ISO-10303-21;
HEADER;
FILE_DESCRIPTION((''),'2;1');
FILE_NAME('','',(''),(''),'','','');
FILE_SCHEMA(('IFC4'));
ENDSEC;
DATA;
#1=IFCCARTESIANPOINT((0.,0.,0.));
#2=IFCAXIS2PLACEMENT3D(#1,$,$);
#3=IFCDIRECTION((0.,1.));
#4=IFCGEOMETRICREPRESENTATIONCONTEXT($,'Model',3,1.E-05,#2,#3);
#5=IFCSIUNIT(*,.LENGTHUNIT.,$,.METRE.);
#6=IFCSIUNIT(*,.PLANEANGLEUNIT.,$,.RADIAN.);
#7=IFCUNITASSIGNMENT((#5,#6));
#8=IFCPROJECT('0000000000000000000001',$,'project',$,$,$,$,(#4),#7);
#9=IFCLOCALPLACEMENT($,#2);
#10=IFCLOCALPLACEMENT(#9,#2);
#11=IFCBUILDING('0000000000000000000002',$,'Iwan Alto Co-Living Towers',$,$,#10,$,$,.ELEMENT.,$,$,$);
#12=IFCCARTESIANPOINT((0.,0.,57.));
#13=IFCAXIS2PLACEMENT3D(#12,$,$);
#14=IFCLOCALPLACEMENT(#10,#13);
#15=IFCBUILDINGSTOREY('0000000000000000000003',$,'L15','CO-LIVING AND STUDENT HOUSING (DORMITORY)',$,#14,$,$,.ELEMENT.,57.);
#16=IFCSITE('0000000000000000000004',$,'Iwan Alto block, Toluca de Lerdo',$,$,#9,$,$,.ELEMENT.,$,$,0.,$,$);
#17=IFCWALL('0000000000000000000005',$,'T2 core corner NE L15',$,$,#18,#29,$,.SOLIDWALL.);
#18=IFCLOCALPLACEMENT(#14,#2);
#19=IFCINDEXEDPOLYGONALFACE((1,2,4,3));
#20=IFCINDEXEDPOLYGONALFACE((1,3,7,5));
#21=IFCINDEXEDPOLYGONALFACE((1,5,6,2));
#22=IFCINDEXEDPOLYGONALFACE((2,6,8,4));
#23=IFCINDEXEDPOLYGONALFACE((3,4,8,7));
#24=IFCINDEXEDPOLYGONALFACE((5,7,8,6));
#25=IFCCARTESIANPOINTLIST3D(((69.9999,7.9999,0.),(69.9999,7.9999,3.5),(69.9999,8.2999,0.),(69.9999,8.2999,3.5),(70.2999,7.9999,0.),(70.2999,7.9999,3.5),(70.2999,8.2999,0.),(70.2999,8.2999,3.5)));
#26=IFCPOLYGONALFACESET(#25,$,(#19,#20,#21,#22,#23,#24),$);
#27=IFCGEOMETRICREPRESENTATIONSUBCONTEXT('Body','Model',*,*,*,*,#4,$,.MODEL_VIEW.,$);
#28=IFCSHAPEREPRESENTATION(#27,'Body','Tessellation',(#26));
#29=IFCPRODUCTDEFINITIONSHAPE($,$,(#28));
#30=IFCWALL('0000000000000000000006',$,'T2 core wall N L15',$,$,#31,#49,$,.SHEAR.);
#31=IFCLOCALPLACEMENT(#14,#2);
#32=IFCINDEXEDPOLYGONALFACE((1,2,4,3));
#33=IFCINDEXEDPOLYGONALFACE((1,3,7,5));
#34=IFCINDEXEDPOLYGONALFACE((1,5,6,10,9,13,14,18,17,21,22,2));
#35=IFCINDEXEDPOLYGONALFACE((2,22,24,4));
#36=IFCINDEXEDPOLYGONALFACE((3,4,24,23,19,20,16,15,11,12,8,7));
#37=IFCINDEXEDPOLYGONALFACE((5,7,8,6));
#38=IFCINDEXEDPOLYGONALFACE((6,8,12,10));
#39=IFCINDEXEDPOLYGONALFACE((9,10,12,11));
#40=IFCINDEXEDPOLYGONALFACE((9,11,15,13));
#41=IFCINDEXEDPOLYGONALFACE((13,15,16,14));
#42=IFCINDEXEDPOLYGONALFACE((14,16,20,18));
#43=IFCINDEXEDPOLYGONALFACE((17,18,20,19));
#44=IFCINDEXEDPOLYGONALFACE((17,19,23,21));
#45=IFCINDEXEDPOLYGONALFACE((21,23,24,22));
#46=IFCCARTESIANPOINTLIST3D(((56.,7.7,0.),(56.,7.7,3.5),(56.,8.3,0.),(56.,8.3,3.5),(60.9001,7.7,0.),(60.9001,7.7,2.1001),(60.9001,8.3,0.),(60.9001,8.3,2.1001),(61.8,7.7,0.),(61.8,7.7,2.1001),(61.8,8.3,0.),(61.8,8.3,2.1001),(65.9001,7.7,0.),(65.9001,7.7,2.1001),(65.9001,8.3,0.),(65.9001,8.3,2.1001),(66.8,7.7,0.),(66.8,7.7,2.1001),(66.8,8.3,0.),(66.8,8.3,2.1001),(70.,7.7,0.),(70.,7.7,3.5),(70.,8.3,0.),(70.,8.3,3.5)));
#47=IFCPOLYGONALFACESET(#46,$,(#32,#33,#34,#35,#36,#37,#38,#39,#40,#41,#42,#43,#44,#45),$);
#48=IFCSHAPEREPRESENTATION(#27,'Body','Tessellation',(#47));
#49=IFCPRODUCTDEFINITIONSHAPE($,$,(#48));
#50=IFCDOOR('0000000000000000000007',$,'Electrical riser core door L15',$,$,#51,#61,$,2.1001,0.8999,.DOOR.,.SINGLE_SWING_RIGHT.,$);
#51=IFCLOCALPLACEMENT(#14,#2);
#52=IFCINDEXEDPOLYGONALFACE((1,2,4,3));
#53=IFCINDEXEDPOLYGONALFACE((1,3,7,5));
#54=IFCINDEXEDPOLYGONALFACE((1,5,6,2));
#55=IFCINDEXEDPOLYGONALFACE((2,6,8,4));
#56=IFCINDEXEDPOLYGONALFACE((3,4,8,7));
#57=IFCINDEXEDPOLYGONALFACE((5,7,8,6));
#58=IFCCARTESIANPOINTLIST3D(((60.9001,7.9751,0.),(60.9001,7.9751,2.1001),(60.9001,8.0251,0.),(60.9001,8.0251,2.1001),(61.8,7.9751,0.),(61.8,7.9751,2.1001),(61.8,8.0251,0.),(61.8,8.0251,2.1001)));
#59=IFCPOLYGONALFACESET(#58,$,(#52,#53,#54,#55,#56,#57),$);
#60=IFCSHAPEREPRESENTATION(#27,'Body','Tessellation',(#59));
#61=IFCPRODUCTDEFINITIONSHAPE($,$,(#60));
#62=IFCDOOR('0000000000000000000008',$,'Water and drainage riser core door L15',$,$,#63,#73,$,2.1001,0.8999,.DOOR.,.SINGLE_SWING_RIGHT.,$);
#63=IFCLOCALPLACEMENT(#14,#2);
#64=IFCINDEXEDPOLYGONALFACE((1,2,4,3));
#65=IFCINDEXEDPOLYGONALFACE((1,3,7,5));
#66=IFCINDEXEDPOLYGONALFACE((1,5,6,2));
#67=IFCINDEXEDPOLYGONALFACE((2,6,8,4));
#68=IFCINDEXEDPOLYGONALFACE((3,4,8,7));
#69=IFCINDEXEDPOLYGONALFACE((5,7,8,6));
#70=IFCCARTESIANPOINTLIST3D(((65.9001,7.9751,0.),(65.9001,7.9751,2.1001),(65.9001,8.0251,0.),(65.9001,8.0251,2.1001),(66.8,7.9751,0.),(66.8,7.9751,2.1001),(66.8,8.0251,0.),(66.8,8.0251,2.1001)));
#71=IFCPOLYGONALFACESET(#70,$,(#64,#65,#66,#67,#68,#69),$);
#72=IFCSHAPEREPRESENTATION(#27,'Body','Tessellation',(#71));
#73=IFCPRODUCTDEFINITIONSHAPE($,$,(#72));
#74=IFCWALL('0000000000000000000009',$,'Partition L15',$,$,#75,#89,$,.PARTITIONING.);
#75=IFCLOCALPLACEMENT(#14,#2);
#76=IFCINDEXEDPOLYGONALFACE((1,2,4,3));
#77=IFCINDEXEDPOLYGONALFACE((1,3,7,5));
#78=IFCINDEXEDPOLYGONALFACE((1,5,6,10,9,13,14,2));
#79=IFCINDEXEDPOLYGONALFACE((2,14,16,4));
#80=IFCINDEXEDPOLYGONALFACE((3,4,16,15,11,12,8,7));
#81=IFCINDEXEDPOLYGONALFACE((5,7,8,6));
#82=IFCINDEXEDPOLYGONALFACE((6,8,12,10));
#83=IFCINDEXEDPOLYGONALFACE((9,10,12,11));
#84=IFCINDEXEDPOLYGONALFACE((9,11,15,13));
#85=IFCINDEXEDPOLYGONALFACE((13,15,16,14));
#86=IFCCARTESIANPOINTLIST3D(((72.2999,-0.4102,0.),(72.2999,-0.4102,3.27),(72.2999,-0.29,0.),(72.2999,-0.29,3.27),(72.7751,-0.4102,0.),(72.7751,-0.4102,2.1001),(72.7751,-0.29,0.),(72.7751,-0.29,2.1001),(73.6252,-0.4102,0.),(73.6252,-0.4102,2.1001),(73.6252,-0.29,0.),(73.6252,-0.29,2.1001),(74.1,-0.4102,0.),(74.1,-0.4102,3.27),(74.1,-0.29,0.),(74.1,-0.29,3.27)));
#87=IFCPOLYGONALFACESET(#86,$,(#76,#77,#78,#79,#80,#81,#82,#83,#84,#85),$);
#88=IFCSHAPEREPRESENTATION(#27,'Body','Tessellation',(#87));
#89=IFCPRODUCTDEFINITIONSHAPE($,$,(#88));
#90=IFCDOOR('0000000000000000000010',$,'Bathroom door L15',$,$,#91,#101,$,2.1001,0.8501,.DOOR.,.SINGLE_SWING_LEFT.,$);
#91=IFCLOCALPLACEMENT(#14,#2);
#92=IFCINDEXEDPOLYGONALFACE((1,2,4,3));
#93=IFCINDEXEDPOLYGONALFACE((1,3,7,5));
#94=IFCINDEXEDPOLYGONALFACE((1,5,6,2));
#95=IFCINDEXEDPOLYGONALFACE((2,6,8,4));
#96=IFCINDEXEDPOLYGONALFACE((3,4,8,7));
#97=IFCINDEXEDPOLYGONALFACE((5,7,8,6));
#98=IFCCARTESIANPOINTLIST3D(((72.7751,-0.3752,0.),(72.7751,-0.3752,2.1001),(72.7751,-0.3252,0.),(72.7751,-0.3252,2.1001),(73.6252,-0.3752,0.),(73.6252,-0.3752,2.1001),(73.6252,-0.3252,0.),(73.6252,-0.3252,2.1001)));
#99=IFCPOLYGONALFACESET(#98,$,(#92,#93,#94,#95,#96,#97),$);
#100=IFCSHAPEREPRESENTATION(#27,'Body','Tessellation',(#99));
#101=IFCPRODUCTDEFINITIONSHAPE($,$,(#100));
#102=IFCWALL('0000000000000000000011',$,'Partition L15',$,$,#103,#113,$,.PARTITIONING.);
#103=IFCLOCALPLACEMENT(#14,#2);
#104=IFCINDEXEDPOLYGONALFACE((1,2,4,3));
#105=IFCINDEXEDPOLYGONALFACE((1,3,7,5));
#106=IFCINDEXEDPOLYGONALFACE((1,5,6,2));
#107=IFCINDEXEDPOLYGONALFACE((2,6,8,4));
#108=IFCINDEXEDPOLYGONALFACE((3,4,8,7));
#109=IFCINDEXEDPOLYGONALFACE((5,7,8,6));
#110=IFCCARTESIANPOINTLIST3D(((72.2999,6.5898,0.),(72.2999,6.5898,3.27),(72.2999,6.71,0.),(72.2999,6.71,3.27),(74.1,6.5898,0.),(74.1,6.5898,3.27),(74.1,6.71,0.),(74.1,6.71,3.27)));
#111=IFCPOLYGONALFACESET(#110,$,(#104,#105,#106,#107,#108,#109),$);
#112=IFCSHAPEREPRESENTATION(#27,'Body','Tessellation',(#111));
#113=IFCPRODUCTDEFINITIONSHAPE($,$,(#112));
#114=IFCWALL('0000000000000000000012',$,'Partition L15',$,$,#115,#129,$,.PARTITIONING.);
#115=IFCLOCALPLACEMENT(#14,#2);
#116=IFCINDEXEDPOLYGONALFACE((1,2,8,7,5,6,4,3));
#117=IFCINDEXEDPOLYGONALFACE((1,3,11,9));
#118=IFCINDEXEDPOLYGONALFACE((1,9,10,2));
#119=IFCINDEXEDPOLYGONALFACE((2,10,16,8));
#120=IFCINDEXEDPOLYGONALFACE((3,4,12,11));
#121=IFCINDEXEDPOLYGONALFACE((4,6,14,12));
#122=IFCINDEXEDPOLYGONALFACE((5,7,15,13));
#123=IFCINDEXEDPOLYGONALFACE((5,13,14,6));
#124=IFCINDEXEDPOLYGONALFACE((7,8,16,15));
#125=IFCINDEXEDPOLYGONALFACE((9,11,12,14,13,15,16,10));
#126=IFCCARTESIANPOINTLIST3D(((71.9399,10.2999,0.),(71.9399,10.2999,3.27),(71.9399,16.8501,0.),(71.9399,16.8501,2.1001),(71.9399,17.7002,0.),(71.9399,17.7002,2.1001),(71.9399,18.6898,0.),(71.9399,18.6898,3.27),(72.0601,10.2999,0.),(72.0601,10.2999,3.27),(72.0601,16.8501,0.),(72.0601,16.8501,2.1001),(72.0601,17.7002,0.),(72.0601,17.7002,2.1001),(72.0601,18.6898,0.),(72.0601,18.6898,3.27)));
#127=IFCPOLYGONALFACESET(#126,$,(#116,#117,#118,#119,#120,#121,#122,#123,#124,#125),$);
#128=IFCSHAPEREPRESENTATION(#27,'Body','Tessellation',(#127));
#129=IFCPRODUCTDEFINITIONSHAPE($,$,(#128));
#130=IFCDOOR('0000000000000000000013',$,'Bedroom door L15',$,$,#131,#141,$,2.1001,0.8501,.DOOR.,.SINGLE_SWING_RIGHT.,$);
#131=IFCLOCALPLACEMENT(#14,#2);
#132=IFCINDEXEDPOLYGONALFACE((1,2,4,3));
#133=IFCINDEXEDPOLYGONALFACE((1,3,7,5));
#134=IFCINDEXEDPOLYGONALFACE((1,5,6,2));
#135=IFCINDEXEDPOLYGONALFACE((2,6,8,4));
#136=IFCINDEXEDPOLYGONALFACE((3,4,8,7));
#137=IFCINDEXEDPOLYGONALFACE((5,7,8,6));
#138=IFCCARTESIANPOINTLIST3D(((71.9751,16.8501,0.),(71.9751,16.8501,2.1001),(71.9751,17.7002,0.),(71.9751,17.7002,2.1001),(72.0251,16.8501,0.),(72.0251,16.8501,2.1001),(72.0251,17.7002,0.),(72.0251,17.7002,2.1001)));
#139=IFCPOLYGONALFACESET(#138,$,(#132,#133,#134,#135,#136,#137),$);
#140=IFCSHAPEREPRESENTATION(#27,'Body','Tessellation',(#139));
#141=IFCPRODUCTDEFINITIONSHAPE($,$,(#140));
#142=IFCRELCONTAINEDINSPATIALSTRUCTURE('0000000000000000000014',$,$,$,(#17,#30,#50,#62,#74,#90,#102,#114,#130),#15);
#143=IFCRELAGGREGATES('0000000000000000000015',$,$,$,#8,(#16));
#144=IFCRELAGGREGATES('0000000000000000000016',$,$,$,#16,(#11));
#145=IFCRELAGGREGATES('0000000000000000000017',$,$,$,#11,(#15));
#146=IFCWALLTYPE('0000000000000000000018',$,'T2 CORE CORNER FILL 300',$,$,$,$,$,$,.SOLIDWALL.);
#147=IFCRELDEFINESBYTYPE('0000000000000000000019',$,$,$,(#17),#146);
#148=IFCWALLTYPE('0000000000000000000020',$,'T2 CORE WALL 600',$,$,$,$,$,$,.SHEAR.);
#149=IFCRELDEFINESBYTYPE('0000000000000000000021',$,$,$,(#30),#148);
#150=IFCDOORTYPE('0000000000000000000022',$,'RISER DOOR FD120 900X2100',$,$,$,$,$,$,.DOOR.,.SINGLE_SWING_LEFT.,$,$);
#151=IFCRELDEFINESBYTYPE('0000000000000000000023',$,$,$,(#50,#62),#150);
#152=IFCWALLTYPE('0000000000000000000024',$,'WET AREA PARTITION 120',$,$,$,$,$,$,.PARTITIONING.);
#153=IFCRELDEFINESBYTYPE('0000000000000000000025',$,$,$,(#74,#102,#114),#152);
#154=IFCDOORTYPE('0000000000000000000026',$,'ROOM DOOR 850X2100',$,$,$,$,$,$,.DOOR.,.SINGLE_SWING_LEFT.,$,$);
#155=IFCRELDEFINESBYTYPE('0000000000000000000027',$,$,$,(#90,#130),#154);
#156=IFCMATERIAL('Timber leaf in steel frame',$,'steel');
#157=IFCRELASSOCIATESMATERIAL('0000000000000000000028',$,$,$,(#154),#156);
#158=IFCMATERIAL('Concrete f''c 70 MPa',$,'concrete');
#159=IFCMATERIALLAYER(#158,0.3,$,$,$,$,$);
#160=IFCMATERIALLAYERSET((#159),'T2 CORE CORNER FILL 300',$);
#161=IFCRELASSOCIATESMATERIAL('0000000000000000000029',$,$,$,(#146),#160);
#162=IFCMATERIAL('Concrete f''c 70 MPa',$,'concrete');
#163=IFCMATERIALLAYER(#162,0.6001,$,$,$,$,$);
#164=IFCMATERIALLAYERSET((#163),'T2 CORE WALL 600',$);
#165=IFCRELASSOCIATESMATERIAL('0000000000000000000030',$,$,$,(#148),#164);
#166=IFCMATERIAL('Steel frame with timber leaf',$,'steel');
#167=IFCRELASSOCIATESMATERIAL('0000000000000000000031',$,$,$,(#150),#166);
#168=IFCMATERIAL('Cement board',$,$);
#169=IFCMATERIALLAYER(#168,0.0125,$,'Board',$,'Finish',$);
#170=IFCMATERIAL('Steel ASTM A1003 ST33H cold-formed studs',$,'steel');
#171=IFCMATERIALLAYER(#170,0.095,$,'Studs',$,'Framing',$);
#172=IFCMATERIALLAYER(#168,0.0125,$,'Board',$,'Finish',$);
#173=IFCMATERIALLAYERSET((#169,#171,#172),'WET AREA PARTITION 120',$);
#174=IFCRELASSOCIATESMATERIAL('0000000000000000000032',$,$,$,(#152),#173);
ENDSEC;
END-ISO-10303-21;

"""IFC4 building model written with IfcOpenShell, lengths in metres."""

from ifc_helpers import new_model, si_unit, direction, frame, frame_2d, origin, place, context, subcontext, project, spatial, rectangle, extrude, material, layer, layer_set, type_object, element, fill, save


model = new_model("IFC4")

# Units and contexts
model_context = context("Model", 3, precision=1e-05, world=origin(), true_north=direction((0.0, 1.0)))
body_context = subcontext(model_context, "Body", "Model", "MODEL_VIEW")
ifc_project = project(units=[si_unit("LENGTHUNIT", "METRE"), si_unit("PLANEANGLEUNIT", "RADIAN")], contexts=[model_context])

# Site, building, storey
site_placement = place(None, origin())
site = spatial("IfcSite", under=ifc_project, at=site_placement, Name="Iwan Alto block, Toluca de Lerdo", CompositionType="ELEMENT", RefElevation=0.0)
building_placement = place(site_placement, origin())
building = spatial("IfcBuilding", under=site, at=building_placement, Name="Iwan Alto Co-Living Towers", CompositionType="ELEMENT")
storey_placement = place(building_placement, frame((0.0, 0.0, 57.0)))
storey = spatial("IfcBuildingStorey", under=building, at=storey_placement, Name="L15", Description="CO-LIVING AND STUDENT HOUSING (DORMITORY)", CompositionType="ELEMENT", Elevation=57.0)

# Shared definitions
ifc_material_1 = material(Name="Steel ASTM A1003 ST33H cold-formed studs", Category="steel")
ifc_material_2 = material(Name="Timber leaf in steel frame", Category="steel")
door_type_1 = type_object("IfcDoorType", Name="ROOM DOOR 850X2100", OperationType="SINGLE_SWING_LEFT", PredefinedType="DOOR", material=ifc_material_2)

# Wall
ifc_material_3 = material(Name="Concrete f'c 70 MPa", Category="concrete")
ifc_layer_1 = layer(ifc_material_3, 0.3)
ifc_layer_set_1 = layer_set([ifc_layer_1], Name="T2 CORE CORNER FILL 300")
wall_type_1 = type_object("IfcWallType", Name="T2 CORE CORNER FILL 300", PredefinedType="SOLIDWALL", material=ifc_layer_set_1)
wall_1_placement = place(storey_placement, frame((70.0, 8.1499, 0.0), z_axis=(0.0, 0.0, 1.0), x_axis=(1.0, 0.0, 0.0)))
element("IfcWall", 1, at=wall_1_placement, inside=storey, type_object=wall_type_1, Name="T2 core corner NE L15", PredefinedType="SOLIDWALL", context=body_context, shape_type="SweptSolid", body=[
    extrude(rectangle(XDim=0.3, YDim=0.3, at=frame_2d((0.1499, 0.0))), origin(), (0.0, 0.0, 1.0), 3.5),
])

# Wall, openings, doors
ifc_material_4 = material(Name="Concrete f'c 70 MPa", Category="concrete")
ifc_layer_2 = layer(ifc_material_4, 0.6001)
ifc_layer_set_2 = layer_set([ifc_layer_2], Name="T2 CORE WALL 600")
wall_type_2 = type_object("IfcWallType", Name="T2 CORE WALL 600", PredefinedType="SHEAR", material=ifc_layer_set_2)
wall_2_placement = place(storey_placement, frame((70.0, 8.0, 0.0), z_axis=(0.0, 0.0, 1.0), x_axis=(-1.0, 0.0, 0.0)))
wall_2 = element("IfcWall", 2, at=wall_2_placement, inside=storey, type_object=wall_type_2, Name="T2 core wall N L15", PredefinedType="SHEAR", context=body_context, shape_type="SweptSolid", body=[
    extrude(rectangle(XDim=14.0, YDim=0.6001, at=frame_2d((7.0, 0.0))), origin(), (0.0, 0.0, 1.0), 3.5),
])
opening_1_placement = place(wall_2_placement, frame((8.2, 0.0, 0.0)))
opening_1 = element("IfcOpeningElement", 3, at=opening_1_placement, cuts=wall_2, PredefinedType="OPENING", context=body_context, shape_type="SweptSolid", body=[
    extrude(rectangle(XDim=0.8999, YDim=2.1001, at=frame_2d((0.45, 1.05))), frame((0.0, 0.3101, 0.0), z_axis=(0.0, -1.0, 0.0), x_axis=(1.0, 0.0, 0.0)), (0.0, 0.0, 1.0), 0.6201),
])
opening_2_placement = place(wall_2_placement, frame((3.2, 0.0, 0.0)))
opening_2 = element("IfcOpeningElement", 4, at=opening_2_placement, cuts=wall_2, PredefinedType="OPENING", context=body_context, shape_type="SweptSolid", body=[
    extrude(rectangle(XDim=0.8999, YDim=2.1001, at=frame_2d((0.45, 1.05))), frame((0.0, 0.3101, 0.0), z_axis=(0.0, -1.0, 0.0), x_axis=(1.0, 0.0, 0.0)), (0.0, 0.0, 1.0), 0.6201),
])
ifc_material_5 = material(Name="Steel frame with timber leaf", Category="steel")
door_type_2 = type_object("IfcDoorType", Name="RISER DOOR FD120 900X2100", OperationType="SINGLE_SWING_LEFT", PredefinedType="DOOR", material=ifc_material_5)
door_1_placement = place(opening_1_placement, origin())
door_1 = element("IfcDoor", 5, at=door_1_placement, inside=storey, type_object=door_type_2, Name="Electrical riser core door L15", OperationType="SINGLE_SWING_RIGHT", OverallHeight=2.1001, OverallWidth=0.8999, PredefinedType="DOOR", context=body_context, shape_type="SweptSolid", body=[
    extrude(rectangle(XDim=0.8999, YDim=2.1001, at=frame_2d((0.45, 1.05))), frame((0.0, 0.0249, 0.0), z_axis=(0.0, -1.0, 0.0), x_axis=(1.0, 0.0, 0.0)), (0.0, 0.0, 1.0), 0.05),
])
fill(opening_1, door_1)
door_2_placement = place(opening_2_placement, origin())
door_2 = element("IfcDoor", 6, at=door_2_placement, inside=storey, type_object=door_type_2, Name="Water and drainage riser core door L15", OperationType="SINGLE_SWING_RIGHT", OverallHeight=2.1001, OverallWidth=0.8999, PredefinedType="DOOR", context=body_context, shape_type="SweptSolid", body=[
    extrude(rectangle(XDim=0.8999, YDim=2.1001, at=frame_2d((0.45, 1.05))), frame((0.0, 0.0249, 0.0), z_axis=(0.0, -1.0, 0.0), x_axis=(1.0, 0.0, 0.0)), (0.0, 0.0, 1.0), 0.05),
])
fill(opening_2, door_2)

# Wall, opening, door
ifc_material_6 = material(Name="Cement board")
ifc_layer_3 = layer(ifc_material_6, 0.0125, Name="Board", Category="Finish")
ifc_layer_4 = layer(ifc_material_1, 0.095, Name="Studs", Category="Framing")
ifc_layer_5 = layer(ifc_material_6, 0.0125, Name="Board", Category="Finish")
ifc_layer_set_3 = layer_set([ifc_layer_3, ifc_layer_4, ifc_layer_5], Name="WET AREA PARTITION 120")
wall_type_3 = type_object("IfcWallType", Name="WET AREA PARTITION 120", PredefinedType="PARTITIONING", material=ifc_layer_set_3)
wall_3_placement = place(storey_placement, frame((72.3, -0.3501, 0.0), z_axis=(0.0, 0.0, 1.0), x_axis=(1.0, 0.0, 0.0)))
wall_3 = element("IfcWall", 7, at=wall_3_placement, inside=storey, type_object=wall_type_3, Name="Partition L15", PredefinedType="PARTITIONING", context=body_context, shape_type="SweptSolid", body=[
    extrude(rectangle(XDim=1.8, YDim=0.1201, at=frame_2d((0.8999, 0.0))), origin(), (0.0, 0.0, 1.0), 3.27),
])
opening_3_placement = place(wall_3_placement, frame((0.4751, 0.0, 0.0)))
opening_3 = element("IfcOpeningElement", 8, at=opening_3_placement, cuts=wall_3, PredefinedType="OPENING", context=body_context, shape_type="SweptSolid", body=[
    extrude(rectangle(XDim=0.8501, YDim=2.1001, at=frame_2d((0.425, 1.05))), frame((0.0, 0.0701, 0.0), z_axis=(0.0, -1.0, 0.0), x_axis=(1.0, 0.0, 0.0)), (0.0, 0.0, 1.0), 0.1401),
])
door_3_placement = place(opening_3_placement, origin())
door_3 = element("IfcDoor", 9, at=door_3_placement, inside=storey, type_object=door_type_1, Name="Bathroom door L15", OperationType="SINGLE_SWING_LEFT", OverallHeight=2.1001, OverallWidth=0.8501, PredefinedType="DOOR", context=body_context, shape_type="SweptSolid", body=[
    extrude(rectangle(XDim=0.8501, YDim=2.1001, at=frame_2d((0.425, 1.05))), frame((0.0, 0.0249, 0.0), z_axis=(0.0, -1.0, 0.0), x_axis=(1.0, 0.0, 0.0)), (0.0, 0.0, 1.0), 0.05),
])
fill(opening_3, door_3)

# Wall
wall_4_placement = place(storey_placement, frame((72.3, 6.6499, 0.0), z_axis=(0.0, 0.0, 1.0), x_axis=(1.0, 0.0, 0.0)))
element("IfcWall", 10, at=wall_4_placement, inside=storey, type_object=wall_type_3, Name="Partition L15", PredefinedType="PARTITIONING", context=body_context, shape_type="SweptSolid", body=[
    extrude(rectangle(XDim=1.8, YDim=0.1201, at=frame_2d((0.8999, 0.0))), origin(), (0.0, 0.0, 1.0), 3.27),
])

# Wall, opening, door
wall_5_placement = place(storey_placement, frame((72.0, 10.3, 0.0), z_axis=(0.0, 0.0, 1.0), x_axis=(0.0, 1.0, 0.0)))
wall_5 = element("IfcWall", 11, at=wall_5_placement, inside=storey, type_object=wall_type_3, Name="Partition L15", PredefinedType="PARTITIONING", context=body_context, shape_type="SweptSolid", body=[
    extrude(rectangle(XDim=8.3899, YDim=0.1201, at=frame_2d((4.1948, 0.0))), origin(), (0.0, 0.0, 1.0), 3.27),
])
opening_4_placement = place(wall_5_placement, frame((6.55, 0.0, 0.0)))
opening_4 = element("IfcOpeningElement", 12, at=opening_4_placement, cuts=wall_5, PredefinedType="OPENING", context=body_context, shape_type="SweptSolid", body=[
    extrude(rectangle(XDim=0.8501, YDim=2.1001, at=frame_2d((0.425, 1.05))), frame((0.0, 0.0701, 0.0), z_axis=(0.0, -1.0, 0.0), x_axis=(1.0, 0.0, 0.0)), (0.0, 0.0, 1.0), 0.1401),
])
door_4_placement = place(opening_4_placement, origin())
door_4 = element("IfcDoor", 13, at=door_4_placement, inside=storey, type_object=door_type_1, Name="Bedroom door L15", OperationType="SINGLE_SWING_RIGHT", OverallHeight=2.1001, OverallWidth=0.8501, PredefinedType="DOOR", context=body_context, shape_type="SweptSolid", body=[
    extrude(rectangle(XDim=0.8501, YDim=2.1001, at=frame_2d((0.425, 1.05))), frame((0.0, 0.0249, 0.0), z_axis=(0.0, -1.0, 0.0), x_axis=(1.0, 0.0, 0.0)), (0.0, 0.0, 1.0), 0.05),
])
fill(opening_4, door_4)

save(model, "model.ifc")
